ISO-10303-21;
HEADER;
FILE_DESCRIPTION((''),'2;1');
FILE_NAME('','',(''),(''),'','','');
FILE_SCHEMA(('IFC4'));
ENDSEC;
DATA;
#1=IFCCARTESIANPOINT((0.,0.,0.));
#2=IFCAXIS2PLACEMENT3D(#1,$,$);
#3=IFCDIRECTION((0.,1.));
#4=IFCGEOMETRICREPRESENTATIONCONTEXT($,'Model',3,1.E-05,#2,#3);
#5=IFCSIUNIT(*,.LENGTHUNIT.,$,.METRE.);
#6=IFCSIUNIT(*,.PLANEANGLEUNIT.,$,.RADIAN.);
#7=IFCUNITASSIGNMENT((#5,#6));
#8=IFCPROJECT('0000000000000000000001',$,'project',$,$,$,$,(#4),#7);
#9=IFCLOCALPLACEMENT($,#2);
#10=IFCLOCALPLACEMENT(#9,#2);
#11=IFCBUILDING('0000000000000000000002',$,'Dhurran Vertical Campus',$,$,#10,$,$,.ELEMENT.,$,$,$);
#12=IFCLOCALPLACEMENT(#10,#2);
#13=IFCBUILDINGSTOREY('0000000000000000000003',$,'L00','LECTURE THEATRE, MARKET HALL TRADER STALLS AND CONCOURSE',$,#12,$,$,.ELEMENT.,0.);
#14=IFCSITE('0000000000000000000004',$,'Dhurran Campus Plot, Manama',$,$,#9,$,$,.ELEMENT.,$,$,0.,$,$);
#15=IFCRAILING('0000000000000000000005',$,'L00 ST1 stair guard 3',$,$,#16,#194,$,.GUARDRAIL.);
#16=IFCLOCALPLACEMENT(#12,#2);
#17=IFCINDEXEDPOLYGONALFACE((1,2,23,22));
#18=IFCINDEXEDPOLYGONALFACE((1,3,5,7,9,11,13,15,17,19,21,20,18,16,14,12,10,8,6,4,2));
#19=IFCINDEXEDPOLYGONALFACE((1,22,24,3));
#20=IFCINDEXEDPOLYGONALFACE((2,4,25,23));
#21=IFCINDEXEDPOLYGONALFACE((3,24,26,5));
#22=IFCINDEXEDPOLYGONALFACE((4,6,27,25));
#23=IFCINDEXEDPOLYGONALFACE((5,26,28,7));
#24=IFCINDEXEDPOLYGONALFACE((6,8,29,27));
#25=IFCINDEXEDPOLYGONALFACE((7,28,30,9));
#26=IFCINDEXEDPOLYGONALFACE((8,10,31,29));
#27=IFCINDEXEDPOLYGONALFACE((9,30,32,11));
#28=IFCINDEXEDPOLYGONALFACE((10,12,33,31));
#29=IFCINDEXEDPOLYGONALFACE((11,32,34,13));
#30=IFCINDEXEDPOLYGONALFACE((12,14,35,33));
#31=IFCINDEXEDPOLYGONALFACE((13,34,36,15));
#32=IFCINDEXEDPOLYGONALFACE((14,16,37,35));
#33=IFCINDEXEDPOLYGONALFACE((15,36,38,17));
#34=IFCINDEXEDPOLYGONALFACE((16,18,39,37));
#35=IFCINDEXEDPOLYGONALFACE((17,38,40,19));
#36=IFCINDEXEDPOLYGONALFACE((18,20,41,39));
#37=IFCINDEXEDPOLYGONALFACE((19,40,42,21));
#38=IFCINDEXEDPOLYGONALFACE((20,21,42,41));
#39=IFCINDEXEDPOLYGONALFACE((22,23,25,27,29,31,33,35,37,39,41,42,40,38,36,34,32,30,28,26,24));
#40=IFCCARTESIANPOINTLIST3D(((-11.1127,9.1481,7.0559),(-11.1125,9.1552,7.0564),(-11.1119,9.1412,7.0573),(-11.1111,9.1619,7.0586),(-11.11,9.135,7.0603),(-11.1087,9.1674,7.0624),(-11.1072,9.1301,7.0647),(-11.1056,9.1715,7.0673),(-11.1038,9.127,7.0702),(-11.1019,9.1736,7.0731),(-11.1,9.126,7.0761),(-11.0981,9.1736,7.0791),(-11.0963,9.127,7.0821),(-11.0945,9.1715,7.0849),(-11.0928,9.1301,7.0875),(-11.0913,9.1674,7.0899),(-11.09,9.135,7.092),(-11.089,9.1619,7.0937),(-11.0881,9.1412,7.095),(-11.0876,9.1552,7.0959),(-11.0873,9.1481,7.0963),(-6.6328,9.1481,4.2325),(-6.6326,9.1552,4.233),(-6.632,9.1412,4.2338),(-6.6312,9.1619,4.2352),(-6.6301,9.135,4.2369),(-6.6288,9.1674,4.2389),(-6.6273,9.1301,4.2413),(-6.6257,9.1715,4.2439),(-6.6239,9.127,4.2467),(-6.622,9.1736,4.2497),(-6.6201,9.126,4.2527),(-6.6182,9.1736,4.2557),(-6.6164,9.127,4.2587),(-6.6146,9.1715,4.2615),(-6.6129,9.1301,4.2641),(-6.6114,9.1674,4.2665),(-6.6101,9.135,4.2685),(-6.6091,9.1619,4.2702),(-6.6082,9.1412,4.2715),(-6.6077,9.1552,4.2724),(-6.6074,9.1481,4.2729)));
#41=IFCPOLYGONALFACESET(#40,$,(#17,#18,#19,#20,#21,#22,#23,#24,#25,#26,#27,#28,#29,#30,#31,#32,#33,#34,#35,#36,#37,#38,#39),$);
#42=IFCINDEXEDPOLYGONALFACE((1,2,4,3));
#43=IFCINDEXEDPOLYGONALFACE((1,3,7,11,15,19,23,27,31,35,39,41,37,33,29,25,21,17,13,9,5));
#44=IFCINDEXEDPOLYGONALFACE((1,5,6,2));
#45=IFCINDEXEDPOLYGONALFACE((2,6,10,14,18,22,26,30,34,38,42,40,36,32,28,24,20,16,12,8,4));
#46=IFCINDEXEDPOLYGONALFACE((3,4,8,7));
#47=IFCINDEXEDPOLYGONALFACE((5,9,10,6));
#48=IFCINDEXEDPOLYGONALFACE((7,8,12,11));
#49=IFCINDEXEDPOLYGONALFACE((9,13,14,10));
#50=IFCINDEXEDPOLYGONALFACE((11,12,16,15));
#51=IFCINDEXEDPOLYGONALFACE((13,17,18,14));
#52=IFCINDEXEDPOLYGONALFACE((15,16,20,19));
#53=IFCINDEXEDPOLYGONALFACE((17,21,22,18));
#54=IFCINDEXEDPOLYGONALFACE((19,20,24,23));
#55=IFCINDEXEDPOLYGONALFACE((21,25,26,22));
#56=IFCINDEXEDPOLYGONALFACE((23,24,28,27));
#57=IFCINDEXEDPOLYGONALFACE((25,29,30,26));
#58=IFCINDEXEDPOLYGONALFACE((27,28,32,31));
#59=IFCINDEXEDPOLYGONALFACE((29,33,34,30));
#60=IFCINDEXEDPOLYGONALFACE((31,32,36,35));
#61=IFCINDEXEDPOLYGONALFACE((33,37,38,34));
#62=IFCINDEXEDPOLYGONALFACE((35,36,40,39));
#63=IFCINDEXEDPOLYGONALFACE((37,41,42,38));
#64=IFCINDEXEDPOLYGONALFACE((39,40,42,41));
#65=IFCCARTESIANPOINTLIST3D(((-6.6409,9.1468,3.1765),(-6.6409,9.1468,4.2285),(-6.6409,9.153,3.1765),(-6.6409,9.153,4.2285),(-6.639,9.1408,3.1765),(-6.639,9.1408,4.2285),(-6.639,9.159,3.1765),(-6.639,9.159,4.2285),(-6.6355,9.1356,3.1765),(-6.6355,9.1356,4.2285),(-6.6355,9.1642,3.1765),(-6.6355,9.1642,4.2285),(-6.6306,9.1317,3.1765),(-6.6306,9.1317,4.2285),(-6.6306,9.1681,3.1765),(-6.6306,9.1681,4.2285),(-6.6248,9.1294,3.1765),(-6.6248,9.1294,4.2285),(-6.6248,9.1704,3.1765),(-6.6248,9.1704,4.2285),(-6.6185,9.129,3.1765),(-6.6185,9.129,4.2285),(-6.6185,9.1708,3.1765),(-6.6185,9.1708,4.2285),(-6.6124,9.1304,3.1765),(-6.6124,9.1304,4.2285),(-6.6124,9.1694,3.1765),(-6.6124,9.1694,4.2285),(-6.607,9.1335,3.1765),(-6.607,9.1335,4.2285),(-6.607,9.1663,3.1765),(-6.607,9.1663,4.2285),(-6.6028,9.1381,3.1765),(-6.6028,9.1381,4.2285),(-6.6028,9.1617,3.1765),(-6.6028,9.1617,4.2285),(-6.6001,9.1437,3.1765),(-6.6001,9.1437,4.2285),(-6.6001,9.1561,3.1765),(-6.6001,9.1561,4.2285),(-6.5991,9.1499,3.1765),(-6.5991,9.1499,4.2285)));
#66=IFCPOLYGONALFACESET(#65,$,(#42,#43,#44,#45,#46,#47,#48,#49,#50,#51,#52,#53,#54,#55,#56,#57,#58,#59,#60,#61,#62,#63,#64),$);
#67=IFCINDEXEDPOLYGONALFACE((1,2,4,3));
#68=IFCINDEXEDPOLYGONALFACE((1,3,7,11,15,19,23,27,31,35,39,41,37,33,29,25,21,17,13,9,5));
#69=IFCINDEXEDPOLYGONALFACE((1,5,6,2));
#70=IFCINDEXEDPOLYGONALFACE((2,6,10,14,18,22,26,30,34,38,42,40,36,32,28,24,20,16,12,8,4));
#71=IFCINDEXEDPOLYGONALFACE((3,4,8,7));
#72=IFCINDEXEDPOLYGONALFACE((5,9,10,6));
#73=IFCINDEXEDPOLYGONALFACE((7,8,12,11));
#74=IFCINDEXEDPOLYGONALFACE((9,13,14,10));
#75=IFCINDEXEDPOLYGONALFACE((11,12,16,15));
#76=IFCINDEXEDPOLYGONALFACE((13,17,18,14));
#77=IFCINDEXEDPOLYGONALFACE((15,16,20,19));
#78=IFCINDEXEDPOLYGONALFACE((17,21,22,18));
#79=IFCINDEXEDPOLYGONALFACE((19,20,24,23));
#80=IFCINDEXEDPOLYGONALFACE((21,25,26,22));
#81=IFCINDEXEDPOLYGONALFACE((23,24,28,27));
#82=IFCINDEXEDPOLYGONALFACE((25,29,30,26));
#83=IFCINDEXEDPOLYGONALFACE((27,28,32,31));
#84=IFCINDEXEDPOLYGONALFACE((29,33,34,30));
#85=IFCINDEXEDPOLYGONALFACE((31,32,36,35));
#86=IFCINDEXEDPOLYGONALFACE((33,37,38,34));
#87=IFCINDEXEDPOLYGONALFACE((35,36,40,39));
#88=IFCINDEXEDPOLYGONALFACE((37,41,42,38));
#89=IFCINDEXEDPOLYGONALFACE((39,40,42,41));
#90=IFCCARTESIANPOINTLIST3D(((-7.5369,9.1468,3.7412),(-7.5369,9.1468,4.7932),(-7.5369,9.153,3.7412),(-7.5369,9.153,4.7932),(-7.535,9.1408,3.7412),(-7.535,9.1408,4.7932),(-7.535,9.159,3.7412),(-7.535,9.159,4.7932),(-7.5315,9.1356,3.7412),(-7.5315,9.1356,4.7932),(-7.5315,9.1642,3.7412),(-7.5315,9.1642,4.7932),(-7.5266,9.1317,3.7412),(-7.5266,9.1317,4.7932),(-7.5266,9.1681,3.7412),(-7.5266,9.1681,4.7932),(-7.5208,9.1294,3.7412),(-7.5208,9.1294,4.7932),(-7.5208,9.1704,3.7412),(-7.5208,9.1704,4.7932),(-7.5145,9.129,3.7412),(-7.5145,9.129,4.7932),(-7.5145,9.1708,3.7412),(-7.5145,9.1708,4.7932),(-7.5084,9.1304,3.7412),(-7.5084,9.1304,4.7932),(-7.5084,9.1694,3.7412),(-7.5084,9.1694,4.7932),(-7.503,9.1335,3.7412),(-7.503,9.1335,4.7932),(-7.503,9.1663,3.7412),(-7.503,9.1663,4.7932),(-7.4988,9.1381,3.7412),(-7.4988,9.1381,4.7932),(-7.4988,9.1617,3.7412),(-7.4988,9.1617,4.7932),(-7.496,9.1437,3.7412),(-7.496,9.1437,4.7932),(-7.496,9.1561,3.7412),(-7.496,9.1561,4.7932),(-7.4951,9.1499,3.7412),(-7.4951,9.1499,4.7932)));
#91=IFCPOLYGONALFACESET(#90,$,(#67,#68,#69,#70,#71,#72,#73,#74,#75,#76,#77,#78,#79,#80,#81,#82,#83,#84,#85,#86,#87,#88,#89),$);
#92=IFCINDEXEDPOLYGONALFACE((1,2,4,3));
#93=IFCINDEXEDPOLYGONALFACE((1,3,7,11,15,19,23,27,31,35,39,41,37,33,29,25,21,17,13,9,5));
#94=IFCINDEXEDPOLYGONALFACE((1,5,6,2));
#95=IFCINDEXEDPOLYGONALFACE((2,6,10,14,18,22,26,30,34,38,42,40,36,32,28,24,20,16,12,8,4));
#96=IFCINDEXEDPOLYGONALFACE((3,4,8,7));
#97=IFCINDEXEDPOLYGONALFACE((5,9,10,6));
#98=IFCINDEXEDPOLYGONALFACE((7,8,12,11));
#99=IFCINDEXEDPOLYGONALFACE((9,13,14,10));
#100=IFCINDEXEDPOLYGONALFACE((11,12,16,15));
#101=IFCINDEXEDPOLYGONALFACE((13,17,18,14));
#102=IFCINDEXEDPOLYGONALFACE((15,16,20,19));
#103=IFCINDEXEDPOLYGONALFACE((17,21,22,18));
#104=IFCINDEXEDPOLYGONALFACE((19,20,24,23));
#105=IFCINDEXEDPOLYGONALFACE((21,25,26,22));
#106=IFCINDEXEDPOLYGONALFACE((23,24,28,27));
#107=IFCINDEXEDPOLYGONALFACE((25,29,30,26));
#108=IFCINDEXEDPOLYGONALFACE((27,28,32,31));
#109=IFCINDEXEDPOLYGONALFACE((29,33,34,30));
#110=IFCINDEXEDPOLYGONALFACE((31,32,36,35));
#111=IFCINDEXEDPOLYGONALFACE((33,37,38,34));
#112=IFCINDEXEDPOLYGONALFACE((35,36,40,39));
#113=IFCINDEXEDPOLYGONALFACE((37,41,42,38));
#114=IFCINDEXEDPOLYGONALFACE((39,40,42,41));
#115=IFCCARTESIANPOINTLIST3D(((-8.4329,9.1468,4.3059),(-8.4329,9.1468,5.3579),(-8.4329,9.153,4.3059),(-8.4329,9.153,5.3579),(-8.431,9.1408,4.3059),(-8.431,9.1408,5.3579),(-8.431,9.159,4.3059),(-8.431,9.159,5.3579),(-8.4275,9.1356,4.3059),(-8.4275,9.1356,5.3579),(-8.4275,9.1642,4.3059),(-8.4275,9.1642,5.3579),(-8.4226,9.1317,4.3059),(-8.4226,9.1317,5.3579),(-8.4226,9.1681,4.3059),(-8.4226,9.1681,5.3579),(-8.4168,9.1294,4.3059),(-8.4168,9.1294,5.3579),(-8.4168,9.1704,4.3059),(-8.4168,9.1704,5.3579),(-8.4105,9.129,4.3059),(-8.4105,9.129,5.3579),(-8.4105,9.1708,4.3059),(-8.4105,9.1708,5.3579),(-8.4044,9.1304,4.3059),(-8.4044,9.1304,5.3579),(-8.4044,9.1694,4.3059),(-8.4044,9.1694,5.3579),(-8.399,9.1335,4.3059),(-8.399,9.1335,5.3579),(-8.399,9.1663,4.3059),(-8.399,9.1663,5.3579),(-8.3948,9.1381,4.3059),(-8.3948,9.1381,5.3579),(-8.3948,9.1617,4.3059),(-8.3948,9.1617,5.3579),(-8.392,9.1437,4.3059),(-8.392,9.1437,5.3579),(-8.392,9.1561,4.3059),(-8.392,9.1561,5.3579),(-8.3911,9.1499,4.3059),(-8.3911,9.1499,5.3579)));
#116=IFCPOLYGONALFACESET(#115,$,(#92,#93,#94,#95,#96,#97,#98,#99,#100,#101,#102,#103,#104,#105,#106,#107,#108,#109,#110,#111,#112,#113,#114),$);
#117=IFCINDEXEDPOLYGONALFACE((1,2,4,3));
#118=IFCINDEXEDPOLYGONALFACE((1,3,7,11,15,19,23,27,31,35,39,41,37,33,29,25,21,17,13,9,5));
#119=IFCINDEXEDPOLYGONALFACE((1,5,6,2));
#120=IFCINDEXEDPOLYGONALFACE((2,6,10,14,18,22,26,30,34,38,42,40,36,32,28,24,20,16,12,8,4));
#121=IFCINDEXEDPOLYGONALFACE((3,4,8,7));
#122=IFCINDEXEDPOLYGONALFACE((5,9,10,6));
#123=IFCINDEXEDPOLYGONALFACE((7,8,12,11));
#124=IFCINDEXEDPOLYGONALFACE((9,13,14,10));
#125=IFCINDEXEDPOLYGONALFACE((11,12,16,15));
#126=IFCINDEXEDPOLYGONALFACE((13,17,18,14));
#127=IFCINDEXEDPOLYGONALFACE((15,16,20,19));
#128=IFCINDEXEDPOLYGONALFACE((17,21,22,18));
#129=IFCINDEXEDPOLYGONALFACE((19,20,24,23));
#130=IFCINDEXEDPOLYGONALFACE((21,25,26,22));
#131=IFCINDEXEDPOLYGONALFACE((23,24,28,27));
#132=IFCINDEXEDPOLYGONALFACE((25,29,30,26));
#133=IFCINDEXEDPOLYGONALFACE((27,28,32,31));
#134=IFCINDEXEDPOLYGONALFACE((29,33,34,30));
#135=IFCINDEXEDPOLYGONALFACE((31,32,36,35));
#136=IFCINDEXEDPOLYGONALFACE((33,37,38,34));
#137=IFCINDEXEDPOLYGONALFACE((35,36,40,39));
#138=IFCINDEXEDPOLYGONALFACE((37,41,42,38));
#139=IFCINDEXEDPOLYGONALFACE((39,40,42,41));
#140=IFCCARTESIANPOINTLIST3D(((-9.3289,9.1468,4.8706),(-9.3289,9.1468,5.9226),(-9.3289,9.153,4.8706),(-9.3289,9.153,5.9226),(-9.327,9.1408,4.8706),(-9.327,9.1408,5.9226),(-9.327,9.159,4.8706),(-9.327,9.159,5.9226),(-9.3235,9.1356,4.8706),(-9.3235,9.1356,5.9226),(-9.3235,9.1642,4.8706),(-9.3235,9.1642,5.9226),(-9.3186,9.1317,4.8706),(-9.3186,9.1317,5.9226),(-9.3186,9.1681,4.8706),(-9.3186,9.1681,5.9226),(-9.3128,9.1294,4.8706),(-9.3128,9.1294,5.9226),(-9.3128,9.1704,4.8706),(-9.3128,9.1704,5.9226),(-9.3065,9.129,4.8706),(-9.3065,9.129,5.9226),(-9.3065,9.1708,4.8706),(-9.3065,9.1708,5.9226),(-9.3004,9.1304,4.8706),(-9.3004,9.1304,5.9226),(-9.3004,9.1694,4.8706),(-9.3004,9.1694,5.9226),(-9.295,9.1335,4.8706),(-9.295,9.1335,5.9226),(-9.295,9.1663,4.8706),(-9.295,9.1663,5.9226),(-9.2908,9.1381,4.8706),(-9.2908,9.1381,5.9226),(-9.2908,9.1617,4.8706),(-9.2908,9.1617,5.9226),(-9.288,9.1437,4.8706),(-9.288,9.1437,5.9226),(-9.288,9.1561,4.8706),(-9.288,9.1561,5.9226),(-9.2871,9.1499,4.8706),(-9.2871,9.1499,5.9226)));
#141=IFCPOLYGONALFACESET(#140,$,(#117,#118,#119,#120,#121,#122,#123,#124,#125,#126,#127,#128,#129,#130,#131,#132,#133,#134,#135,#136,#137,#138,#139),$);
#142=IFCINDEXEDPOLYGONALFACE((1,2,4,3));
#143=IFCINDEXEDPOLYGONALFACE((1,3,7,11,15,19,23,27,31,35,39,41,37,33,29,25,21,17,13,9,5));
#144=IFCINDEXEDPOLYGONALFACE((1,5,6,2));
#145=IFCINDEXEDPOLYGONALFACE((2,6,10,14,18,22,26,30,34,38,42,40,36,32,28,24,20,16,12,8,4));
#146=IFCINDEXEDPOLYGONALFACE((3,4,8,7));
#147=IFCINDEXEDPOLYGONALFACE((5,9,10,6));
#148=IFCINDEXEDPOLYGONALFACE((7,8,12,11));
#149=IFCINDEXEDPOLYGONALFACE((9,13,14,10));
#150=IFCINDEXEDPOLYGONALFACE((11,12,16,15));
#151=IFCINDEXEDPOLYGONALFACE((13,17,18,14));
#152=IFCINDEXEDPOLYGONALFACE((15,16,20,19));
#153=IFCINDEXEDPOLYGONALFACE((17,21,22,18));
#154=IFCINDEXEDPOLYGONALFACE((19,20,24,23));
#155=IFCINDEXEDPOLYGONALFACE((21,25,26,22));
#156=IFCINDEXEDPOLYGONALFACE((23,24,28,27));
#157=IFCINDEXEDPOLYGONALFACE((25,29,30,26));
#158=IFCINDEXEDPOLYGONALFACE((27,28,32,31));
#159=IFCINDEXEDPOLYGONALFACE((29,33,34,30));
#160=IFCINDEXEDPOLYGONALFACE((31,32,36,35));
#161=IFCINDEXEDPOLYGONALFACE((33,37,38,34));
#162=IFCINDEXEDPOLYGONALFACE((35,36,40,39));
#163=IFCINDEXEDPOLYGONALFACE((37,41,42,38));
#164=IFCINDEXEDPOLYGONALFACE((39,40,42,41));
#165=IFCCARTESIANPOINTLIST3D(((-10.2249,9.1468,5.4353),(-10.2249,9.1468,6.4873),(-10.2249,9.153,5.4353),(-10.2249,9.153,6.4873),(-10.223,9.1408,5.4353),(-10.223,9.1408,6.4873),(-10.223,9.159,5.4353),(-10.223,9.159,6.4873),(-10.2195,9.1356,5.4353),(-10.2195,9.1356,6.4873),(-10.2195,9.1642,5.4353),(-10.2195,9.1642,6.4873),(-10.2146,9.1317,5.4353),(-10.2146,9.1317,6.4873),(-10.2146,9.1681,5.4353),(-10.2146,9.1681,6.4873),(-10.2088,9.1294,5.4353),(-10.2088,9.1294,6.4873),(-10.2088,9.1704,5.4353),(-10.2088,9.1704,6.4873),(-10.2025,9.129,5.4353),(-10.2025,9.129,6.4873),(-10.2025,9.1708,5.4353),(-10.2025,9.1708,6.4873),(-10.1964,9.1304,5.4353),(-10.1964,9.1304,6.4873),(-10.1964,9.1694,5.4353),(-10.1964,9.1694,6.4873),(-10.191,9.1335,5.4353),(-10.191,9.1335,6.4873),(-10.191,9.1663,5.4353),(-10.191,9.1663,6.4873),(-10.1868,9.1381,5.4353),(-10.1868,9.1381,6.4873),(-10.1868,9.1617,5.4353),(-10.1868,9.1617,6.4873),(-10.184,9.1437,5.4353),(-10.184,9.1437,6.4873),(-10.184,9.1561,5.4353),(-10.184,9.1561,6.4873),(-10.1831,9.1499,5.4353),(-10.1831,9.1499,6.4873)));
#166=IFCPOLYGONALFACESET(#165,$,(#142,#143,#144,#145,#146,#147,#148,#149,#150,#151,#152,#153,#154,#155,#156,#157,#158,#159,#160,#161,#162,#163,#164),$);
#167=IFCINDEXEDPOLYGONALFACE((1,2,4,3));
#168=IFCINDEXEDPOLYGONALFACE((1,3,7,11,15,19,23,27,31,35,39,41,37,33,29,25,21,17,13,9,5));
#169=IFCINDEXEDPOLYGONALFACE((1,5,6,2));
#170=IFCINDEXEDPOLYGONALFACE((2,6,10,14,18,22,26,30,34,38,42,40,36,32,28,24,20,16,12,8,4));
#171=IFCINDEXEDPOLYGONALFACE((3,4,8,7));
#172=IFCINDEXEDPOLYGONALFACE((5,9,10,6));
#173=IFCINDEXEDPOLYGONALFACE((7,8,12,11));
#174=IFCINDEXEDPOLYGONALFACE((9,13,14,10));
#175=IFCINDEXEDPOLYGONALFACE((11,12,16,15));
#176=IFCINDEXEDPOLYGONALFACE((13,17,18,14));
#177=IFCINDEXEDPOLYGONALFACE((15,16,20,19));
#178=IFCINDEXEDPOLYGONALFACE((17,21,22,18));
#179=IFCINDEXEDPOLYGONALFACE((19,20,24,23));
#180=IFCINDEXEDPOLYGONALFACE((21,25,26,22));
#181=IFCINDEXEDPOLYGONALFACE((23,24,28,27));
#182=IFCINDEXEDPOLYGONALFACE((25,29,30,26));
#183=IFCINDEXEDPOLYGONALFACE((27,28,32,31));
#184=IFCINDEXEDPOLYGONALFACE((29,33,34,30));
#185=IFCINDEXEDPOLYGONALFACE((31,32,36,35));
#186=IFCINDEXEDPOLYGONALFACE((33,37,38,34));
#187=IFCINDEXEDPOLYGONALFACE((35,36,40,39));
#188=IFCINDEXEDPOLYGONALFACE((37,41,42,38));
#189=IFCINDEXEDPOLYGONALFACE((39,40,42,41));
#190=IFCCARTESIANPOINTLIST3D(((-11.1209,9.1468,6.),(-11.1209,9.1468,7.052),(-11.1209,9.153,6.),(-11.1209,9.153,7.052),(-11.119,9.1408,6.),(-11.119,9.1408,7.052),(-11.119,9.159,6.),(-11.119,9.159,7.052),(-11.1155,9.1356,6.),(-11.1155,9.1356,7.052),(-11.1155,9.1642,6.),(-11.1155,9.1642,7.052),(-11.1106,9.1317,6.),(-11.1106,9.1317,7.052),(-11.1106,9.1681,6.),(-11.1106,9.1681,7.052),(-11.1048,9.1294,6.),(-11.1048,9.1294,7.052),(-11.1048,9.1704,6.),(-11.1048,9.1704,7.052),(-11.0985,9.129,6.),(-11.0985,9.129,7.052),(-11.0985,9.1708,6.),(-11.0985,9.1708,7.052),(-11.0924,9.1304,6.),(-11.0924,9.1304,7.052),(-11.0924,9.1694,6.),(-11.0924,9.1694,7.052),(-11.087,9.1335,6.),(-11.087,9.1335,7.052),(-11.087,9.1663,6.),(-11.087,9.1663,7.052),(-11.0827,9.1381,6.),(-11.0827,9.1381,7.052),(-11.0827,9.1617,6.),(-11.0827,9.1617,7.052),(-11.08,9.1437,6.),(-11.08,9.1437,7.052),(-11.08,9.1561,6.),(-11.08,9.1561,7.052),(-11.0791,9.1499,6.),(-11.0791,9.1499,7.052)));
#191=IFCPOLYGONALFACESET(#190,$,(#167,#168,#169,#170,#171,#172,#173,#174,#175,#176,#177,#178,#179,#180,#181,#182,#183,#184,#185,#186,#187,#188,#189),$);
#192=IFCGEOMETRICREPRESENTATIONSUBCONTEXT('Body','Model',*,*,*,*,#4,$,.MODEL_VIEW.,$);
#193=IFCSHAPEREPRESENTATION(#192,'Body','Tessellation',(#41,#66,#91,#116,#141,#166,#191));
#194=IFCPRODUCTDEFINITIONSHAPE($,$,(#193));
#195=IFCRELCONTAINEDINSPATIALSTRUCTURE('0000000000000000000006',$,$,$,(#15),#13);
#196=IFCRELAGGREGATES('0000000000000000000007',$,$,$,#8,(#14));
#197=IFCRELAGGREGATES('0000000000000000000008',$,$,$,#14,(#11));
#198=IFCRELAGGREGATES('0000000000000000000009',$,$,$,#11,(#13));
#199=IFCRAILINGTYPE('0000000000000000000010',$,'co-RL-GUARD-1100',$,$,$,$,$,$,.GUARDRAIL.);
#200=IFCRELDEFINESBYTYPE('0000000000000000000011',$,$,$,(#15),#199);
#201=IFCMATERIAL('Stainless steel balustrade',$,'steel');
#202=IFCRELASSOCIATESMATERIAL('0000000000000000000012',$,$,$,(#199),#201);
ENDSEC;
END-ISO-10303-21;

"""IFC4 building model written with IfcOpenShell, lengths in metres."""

from ifc_helpers import new_model, si_unit, direction, frame, origin, origin_2d, place, context, subcontext, project, spatial, circle, extrude, material, type_object, element, save


model = new_model("IFC4")

# Units and contexts
model_context = context("Model", 3, precision=1e-05, world=origin(), true_north=direction((0.0, 1.0)))
body_context = subcontext(model_context, "Body", "Model", "MODEL_VIEW")
ifc_project = project(units=[si_unit("LENGTHUNIT", "METRE"), si_unit("PLANEANGLEUNIT", "RADIAN")], contexts=[model_context])

# Site, building, storey
site_placement = place(None, origin())
site = spatial("IfcSite", under=ifc_project, at=site_placement, Name="Dhurran Campus Plot, Manama", CompositionType="ELEMENT", RefElevation=0.0)
building_placement = place(site_placement, origin())
building = spatial("IfcBuilding", under=site, at=building_placement, Name="Dhurran Vertical Campus", CompositionType="ELEMENT")
storey_placement = place(building_placement, origin())
storey = spatial("IfcBuildingStorey", under=building, at=storey_placement, Name="L00", Description="LECTURE THEATRE, MARKET HALL TRADER STALLS AND CONCOURSE", CompositionType="ELEMENT", Elevation=0.0)

# Railing
ifc_material_1 = material(Name="Stainless steel balustrade", Category="steel")
railing_type_1 = type_object("IfcRailingType", Name="co-RL-GUARD-1100", PredefinedType="GUARDRAIL", material=ifc_material_1)
railing_1_placement = place(storey_placement, frame((-6.6201, 9.1499, 3.1765)))
element("IfcRailing", 1, at=railing_1_placement, inside=storey, type_object=railing_type_1, Name="L00 ST1 stair guard 3", PredefinedType="GUARDRAIL", context=body_context, shape_type="SweptSolid", body=[
    extrude(circle(Radius=0.0239, at=origin_2d()), frame((0.0, 0.0, 1.0762), z_axis=(-0.845998, 0.0, 0.533186), x_axis=(0.0, -1.0, 0.0)), (0.0, 0.0, 1.0), 5.2954),
    extrude(circle(Radius=0.021, at=origin_2d()), origin(), (0.0, 0.0, 1.0), 1.052),
    extrude(circle(Radius=0.021, at=origin_2d()), frame((-0.896, 0.0, 0.5647)), (0.0, 0.0, 1.0), 1.052),
    extrude(circle(Radius=0.021, at=origin_2d()), frame((-1.792, 0.0, 1.1294)), (0.0, 0.0, 1.0), 1.052),
    extrude(circle(Radius=0.021, at=origin_2d()), frame((-2.688, 0.0, 1.6941)), (0.0, 0.0, 1.0), 1.052),
    extrude(circle(Radius=0.021, at=origin_2d()), frame((-3.584, 0.0, 2.2588)), (0.0, 0.0, 1.0), 1.052),
    extrude(circle(Radius=0.021, at=origin_2d()), frame((-4.48, 0.0, 2.8235)), (0.0, 0.0, 1.0), 1.052),
])

save(model, "model.ifc")
